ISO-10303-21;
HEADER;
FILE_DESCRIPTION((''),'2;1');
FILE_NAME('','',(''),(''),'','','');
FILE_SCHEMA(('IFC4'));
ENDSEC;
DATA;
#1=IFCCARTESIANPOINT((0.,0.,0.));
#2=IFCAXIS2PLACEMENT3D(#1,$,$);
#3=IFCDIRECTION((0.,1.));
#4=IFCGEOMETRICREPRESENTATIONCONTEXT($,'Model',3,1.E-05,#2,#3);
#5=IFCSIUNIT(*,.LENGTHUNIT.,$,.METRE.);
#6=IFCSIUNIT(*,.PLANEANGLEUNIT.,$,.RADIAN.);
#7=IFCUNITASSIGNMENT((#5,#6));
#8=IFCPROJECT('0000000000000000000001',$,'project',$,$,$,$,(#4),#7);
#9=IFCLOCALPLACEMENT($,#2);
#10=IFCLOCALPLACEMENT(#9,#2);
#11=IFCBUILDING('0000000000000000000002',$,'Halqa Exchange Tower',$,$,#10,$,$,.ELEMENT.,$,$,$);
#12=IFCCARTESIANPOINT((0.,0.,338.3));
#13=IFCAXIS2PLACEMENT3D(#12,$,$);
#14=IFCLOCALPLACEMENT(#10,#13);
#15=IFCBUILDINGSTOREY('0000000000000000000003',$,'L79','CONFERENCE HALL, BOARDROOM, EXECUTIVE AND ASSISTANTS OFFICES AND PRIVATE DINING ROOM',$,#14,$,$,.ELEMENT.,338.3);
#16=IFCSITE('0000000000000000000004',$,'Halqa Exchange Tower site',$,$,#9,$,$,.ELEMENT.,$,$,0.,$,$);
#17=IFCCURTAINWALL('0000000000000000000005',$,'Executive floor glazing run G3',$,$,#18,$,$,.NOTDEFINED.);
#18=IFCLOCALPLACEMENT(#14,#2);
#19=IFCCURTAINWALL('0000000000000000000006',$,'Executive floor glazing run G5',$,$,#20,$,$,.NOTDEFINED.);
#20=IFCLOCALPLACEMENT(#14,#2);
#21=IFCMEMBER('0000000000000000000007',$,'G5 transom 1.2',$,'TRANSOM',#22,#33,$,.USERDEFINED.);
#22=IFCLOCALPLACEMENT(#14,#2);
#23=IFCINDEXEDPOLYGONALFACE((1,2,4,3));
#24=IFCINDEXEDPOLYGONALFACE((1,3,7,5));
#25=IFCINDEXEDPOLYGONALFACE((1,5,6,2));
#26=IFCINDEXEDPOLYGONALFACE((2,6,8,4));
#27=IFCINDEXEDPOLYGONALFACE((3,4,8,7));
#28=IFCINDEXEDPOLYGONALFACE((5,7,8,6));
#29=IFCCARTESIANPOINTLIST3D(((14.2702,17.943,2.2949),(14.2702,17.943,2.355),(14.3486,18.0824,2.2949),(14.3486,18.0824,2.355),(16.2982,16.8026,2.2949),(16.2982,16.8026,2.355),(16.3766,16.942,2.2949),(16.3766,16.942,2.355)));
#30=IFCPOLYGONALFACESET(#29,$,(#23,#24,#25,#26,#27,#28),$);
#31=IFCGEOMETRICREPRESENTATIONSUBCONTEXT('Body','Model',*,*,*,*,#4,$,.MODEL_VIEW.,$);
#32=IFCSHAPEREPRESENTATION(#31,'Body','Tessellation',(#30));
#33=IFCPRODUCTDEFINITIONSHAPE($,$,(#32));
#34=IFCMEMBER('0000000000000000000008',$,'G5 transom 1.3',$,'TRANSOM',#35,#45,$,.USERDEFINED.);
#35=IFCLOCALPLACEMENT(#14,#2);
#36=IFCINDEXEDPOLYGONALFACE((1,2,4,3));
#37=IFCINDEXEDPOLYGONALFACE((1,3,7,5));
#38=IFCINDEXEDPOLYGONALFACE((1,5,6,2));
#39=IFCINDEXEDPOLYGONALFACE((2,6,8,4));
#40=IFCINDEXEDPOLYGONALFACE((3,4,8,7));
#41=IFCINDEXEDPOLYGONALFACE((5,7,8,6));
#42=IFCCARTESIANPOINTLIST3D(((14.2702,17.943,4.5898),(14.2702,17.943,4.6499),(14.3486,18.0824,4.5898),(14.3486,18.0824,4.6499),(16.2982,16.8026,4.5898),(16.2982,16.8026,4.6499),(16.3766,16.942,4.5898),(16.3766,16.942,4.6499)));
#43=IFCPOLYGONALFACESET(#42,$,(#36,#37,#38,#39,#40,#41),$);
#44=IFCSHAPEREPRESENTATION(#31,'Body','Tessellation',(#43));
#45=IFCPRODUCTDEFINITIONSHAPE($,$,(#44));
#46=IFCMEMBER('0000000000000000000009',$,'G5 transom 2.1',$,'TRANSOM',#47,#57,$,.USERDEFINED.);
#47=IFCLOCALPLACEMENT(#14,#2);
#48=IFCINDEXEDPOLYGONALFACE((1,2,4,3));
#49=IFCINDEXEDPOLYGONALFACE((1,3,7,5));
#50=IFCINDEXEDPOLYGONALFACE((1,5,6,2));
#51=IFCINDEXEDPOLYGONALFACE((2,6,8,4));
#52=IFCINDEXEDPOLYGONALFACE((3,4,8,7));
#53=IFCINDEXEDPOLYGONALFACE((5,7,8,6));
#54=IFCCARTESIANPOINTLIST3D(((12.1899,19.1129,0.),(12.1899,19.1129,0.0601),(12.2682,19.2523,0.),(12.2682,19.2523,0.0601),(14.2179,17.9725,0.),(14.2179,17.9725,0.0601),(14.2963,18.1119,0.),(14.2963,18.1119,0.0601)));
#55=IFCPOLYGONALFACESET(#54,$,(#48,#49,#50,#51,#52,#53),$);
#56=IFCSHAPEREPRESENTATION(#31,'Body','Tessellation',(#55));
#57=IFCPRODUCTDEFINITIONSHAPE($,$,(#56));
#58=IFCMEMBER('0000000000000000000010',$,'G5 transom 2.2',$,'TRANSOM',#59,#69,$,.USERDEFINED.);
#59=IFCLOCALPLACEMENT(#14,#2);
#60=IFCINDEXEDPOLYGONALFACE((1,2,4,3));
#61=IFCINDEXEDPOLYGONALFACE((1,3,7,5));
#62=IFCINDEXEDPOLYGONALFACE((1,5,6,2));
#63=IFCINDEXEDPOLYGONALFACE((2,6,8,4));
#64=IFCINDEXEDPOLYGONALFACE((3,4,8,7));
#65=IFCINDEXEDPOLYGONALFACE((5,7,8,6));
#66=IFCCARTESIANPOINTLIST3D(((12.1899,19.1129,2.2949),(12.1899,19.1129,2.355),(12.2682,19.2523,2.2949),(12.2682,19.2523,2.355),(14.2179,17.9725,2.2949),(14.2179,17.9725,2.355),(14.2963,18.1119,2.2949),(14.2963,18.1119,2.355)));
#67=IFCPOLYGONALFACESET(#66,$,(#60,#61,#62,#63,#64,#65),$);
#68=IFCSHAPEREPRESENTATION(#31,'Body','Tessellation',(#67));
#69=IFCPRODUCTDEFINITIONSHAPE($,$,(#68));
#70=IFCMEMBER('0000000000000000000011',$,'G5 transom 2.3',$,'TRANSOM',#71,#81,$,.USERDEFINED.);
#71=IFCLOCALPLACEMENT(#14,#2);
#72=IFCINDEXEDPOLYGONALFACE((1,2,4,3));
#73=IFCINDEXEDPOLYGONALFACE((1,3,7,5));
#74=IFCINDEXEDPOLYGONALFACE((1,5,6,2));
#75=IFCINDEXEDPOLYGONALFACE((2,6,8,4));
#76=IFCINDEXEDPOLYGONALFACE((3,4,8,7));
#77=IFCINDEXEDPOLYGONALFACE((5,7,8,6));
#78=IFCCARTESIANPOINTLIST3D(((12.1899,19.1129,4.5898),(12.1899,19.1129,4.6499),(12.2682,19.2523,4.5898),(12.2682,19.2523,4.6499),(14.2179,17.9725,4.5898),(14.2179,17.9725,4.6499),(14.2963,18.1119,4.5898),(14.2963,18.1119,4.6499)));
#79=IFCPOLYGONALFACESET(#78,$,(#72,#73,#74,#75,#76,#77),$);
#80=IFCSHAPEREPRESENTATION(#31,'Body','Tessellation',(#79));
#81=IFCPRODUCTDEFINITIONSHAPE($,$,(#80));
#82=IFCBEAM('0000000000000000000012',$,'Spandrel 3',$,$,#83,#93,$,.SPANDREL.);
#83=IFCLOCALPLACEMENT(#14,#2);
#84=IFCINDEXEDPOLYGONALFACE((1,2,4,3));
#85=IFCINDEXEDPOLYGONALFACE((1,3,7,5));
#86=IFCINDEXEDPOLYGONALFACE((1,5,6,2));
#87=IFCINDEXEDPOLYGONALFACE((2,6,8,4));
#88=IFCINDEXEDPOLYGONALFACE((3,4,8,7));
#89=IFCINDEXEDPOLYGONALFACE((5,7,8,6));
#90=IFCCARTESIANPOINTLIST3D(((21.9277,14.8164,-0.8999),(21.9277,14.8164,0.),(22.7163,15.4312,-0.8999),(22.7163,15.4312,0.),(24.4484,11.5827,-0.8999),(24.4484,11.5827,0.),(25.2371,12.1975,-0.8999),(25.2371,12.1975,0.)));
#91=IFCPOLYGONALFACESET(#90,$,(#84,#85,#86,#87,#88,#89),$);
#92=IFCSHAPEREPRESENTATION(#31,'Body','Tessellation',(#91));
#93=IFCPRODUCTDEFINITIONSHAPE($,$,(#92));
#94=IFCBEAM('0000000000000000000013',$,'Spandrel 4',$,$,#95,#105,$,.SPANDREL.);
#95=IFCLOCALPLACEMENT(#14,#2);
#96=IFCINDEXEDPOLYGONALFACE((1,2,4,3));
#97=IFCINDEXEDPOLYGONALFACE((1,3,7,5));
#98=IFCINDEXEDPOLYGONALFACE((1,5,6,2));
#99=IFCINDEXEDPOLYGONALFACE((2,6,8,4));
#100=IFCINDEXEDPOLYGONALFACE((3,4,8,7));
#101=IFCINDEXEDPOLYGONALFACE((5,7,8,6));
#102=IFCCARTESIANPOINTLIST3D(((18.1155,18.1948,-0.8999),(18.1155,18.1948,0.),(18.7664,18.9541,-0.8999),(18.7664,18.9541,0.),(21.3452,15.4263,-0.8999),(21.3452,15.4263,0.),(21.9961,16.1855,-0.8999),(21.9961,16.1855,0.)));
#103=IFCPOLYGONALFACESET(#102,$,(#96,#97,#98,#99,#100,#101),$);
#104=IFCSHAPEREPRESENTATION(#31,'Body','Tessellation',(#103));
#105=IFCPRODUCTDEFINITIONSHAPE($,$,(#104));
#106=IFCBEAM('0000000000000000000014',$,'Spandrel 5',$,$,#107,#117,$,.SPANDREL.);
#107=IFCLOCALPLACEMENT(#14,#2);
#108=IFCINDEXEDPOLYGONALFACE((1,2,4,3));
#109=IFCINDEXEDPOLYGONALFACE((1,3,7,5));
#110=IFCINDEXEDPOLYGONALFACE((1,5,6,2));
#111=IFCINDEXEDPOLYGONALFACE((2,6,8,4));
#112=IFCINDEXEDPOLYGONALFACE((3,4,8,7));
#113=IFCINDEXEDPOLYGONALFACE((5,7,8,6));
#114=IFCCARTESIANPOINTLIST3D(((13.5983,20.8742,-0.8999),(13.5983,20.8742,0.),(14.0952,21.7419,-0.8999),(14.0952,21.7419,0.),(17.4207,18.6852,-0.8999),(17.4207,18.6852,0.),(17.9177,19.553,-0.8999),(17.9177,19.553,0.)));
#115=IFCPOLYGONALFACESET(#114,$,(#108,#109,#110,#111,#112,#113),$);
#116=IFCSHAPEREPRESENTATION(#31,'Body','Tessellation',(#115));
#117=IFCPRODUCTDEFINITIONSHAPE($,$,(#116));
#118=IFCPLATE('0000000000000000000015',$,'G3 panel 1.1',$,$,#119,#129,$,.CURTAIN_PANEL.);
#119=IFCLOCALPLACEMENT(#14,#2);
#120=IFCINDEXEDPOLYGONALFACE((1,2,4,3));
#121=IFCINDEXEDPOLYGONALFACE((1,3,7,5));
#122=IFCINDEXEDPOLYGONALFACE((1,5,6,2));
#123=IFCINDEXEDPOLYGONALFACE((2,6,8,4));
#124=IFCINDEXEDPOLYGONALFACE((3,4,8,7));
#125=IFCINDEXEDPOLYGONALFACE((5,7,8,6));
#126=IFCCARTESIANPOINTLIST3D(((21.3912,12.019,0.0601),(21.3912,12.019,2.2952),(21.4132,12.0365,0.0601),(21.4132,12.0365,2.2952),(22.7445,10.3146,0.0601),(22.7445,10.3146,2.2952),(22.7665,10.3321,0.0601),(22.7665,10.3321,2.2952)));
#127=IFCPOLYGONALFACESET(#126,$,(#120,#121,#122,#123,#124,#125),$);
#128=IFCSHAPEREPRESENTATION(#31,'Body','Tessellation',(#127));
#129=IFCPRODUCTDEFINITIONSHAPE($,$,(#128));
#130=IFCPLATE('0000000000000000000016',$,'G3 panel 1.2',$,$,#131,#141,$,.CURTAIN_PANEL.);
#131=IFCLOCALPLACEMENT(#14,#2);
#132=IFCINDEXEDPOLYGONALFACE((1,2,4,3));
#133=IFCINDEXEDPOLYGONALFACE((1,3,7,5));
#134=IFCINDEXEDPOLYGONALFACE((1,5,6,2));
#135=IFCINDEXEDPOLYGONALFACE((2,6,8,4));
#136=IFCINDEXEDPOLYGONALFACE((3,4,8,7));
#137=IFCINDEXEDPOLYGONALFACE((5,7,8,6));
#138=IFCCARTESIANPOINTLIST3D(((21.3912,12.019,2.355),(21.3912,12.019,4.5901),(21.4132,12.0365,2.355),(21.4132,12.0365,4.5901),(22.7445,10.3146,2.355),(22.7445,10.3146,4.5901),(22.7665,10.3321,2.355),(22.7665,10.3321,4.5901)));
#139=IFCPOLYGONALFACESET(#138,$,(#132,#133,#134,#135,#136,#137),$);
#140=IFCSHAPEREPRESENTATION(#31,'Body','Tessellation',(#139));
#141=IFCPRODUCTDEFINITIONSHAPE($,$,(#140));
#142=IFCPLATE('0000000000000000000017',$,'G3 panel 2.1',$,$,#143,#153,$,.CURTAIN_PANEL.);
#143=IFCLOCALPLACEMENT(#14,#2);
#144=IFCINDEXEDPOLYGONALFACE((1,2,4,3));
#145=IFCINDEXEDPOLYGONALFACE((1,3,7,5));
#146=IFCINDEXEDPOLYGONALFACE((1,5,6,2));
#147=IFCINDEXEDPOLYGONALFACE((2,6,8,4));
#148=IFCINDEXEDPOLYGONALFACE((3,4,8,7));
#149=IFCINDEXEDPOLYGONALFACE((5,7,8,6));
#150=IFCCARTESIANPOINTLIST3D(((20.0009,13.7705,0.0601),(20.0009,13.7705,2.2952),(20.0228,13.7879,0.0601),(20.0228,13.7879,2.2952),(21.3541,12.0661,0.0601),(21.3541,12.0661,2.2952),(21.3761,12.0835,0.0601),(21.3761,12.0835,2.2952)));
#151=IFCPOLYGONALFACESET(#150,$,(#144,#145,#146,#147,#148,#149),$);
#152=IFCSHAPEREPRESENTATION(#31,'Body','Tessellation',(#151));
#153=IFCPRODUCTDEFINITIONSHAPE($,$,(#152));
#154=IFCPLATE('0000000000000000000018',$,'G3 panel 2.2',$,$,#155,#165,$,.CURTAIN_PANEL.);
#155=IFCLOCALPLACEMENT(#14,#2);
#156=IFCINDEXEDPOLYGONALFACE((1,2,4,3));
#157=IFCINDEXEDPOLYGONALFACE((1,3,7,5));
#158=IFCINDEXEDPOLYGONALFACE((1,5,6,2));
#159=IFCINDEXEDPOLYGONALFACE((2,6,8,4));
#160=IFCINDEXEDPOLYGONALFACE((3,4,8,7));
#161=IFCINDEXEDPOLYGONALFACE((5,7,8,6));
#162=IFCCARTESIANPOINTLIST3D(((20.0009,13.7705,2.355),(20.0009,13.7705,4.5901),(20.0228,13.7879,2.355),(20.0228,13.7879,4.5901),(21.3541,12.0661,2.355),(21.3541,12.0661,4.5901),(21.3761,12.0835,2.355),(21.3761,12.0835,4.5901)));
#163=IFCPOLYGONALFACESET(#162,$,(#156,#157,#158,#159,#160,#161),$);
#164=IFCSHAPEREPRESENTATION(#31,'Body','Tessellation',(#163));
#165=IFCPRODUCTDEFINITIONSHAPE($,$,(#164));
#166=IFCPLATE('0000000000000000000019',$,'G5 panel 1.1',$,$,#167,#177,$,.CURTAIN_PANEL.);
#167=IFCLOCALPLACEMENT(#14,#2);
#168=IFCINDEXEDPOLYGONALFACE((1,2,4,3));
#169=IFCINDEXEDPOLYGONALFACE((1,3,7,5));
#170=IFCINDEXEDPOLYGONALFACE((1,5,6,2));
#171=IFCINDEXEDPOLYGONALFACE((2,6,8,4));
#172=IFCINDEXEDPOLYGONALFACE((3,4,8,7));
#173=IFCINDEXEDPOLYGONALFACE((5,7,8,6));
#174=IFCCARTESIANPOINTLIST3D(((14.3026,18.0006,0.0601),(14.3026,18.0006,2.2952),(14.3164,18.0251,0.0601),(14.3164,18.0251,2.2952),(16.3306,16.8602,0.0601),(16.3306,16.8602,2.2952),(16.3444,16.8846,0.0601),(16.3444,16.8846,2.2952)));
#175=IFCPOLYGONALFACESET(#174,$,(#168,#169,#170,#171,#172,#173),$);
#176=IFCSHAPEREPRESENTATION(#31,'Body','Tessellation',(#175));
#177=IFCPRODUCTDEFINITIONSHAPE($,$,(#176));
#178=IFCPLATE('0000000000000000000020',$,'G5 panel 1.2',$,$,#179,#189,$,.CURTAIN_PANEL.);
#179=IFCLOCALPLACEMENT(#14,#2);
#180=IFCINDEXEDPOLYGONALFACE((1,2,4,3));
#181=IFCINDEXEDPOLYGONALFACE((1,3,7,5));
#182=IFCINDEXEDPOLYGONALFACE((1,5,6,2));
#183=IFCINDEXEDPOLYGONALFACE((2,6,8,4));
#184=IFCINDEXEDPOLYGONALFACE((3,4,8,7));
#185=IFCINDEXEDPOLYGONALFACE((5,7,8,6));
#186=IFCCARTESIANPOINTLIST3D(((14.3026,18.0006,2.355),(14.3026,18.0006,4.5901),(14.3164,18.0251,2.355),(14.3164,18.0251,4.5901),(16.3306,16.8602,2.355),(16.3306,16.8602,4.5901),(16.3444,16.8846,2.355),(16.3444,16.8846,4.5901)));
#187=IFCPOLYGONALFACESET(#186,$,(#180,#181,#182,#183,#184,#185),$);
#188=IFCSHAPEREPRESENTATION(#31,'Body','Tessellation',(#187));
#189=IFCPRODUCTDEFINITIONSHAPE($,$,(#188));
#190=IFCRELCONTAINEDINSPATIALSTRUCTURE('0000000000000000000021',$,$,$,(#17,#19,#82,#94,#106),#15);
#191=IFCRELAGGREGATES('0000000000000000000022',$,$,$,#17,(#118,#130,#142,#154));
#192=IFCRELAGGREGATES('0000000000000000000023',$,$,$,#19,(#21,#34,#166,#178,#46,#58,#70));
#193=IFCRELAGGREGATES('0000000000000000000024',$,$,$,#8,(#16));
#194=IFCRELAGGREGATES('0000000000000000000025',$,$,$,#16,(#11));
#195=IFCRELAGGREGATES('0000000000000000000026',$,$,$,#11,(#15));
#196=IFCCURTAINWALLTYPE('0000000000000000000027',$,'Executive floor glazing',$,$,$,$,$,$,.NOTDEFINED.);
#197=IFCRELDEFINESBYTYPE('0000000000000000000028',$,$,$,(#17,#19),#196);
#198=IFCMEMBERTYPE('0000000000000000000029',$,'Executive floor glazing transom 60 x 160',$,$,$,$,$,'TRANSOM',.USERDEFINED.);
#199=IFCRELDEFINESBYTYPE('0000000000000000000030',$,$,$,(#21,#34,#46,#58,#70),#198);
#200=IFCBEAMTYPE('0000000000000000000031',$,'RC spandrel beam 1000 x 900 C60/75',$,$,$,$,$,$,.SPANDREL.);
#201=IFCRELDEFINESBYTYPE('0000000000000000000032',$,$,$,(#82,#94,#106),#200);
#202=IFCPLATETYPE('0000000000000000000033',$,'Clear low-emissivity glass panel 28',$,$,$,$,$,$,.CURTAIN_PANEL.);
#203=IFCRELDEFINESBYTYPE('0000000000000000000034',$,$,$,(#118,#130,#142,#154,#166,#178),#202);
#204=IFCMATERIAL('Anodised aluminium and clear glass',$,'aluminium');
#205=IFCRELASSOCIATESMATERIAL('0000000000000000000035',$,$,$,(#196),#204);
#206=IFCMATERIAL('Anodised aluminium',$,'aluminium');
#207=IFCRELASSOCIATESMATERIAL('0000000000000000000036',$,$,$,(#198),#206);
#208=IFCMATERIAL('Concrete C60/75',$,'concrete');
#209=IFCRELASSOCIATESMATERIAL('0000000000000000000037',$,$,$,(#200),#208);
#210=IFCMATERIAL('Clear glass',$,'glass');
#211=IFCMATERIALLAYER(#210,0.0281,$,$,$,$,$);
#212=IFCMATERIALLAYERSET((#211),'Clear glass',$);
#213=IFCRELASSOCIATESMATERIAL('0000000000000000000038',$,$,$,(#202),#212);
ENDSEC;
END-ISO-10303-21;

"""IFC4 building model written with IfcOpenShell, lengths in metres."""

from ifc_helpers import new_model, si_unit, direction, frame, origin, origin_2d, place, context, subcontext, project, spatial, rectangle, extrude, material, layer, layer_set, material_profile, profile_set, type_object, element, aggregate, save


model = new_model("IFC4")

# Units and contexts
model_context = context("Model", 3, precision=1e-05, world=origin(), true_north=direction((0.0, 1.0)))
body_context = subcontext(model_context, "Body", "Model", "MODEL_VIEW")
ifc_project = project(units=[si_unit("LENGTHUNIT", "METRE"), si_unit("PLANEANGLEUNIT", "RADIAN")], contexts=[model_context])

# Site, building, storey
site_placement = place(None, origin())
site = spatial("IfcSite", under=ifc_project, at=site_placement, Name="Halqa Exchange Tower site", CompositionType="ELEMENT", RefElevation=0.0)
building_placement = place(site_placement, origin())
building = spatial("IfcBuilding", under=site, at=building_placement, Name="Halqa Exchange Tower", CompositionType="ELEMENT")
storey_placement = place(building_placement, frame((0.0, 0.0, 338.3)))
storey = spatial("IfcBuildingStorey", under=building, at=storey_placement, Name="L79", Description="CONFERENCE HALL, BOARDROOM, EXECUTIVE AND ASSISTANTS OFFICES AND PRIVATE DINING ROOM", CompositionType="ELEMENT", Elevation=338.3)

# Curtain walls
ifc_material_1 = material(Name="Anodised aluminium and clear glass", Category="aluminium")
curtain_wall_type = type_object("IfcCurtainWallType", Name="Executive floor glazing", PredefinedType="NOTDEFINED", material=ifc_material_1)
curtain_wall_1_placement = place(storey_placement, origin())
curtain_wall_1 = element("IfcCurtainWall", 1, at=curtain_wall_1_placement, inside=storey, type_object=curtain_wall_type, Name="Executive floor glazing run G3", PredefinedType="NOTDEFINED")
ifc_material_2 = material(Name="Anodised aluminium", Category="aluminium")
curtain_wall_2_placement = place(storey_placement, origin())
curtain_wall_2 = element("IfcCurtainWall", 2, at=curtain_wall_2_placement, inside=storey, type_object=curtain_wall_type, Name="Executive floor glazing run G5", PredefinedType="NOTDEFINED")

# Members
ifc_material_profile_1 = material_profile(ifc_material_2, rectangle(XDim=0.1599, YDim=0.0601, at=origin_2d()), Name="AL 60x160")
ifc_profile_set_1 = profile_set([ifc_material_profile_1], Name="Anodised aluminium")
member_type_1 = type_object("IfcMemberType", Name="Executive floor glazing transom 60 x 160", ElementType="TRANSOM", PredefinedType="USERDEFINED", material=ifc_profile_set_1)
member_1_placement = place(storey_placement, frame((16.3374, 16.8723, 2.325), z_axis=(-0.871651, 0.490127, 0.0), x_axis=(-0.490127, -0.871651, 0.0)))
member_1 = element("IfcMember", 3, at=member_1_placement, type_object=member_type_1, Name="G5 transom 1.2", ObjectType="TRANSOM", PredefinedType="USERDEFINED", context=body_context, shape_type="SweptSolid", body=[
    extrude(rectangle(XDim=0.1599, YDim=0.0601, at=origin_2d()), origin(), (0.0, 0.0, 1.0), 2.3267),
])
member_2_placement = place(storey_placement, frame((16.3374, 16.8723, 4.6199), z_axis=(-0.871651, 0.490127, 0.0), x_axis=(-0.490127, -0.871651, 0.0)))
member_2 = element("IfcMember", 4, at=member_2_placement, type_object=member_type_1, Name="G5 transom 1.3", ObjectType="TRANSOM", PredefinedType="USERDEFINED", context=body_context, shape_type="SweptSolid", body=[
    extrude(rectangle(XDim=0.1599, YDim=0.0601, at=origin_2d()), origin(), (0.0, 0.0, 1.0), 2.3267),
])
member_3_placement = place(storey_placement, frame((14.2571, 18.0422, 0.03), z_axis=(-0.871651, 0.490127, 0.0), x_axis=(-0.490127, -0.871651, 0.0)))
member_3 = element("IfcMember", 5, at=member_3_placement, type_object=member_type_1, Name="G5 transom 2.1", ObjectType="TRANSOM", PredefinedType="USERDEFINED", context=body_context, shape_type="SweptSolid", body=[
    extrude(rectangle(XDim=0.1599, YDim=0.0601, at=origin_2d()), origin(), (0.0, 0.0, 1.0), 2.3267),
])
member_4_placement = place(storey_placement, frame((14.2571, 18.0422, 2.325), z_axis=(-0.871651, 0.490127, 0.0), x_axis=(-0.490127, -0.871651, 0.0)))
member_4 = element("IfcMember", 6, at=member_4_placement, type_object=member_type_1, Name="G5 transom 2.2", ObjectType="TRANSOM", PredefinedType="USERDEFINED", context=body_context, shape_type="SweptSolid", body=[
    extrude(rectangle(XDim=0.1599, YDim=0.0601, at=origin_2d()), origin(), (0.0, 0.0, 1.0), 2.3267),
])
member_5_placement = place(storey_placement, frame((14.2571, 18.0422, 4.6199), z_axis=(-0.871651, 0.490127, 0.0), x_axis=(-0.490127, -0.871651, 0.0)))
member_5 = element("IfcMember", 7, at=member_5_placement, type_object=member_type_1, Name="G5 transom 2.3", ObjectType="TRANSOM", PredefinedType="USERDEFINED", context=body_context, shape_type="SweptSolid", body=[
    extrude(rectangle(XDim=0.1599, YDim=0.0601, at=origin_2d()), origin(), (0.0, 0.0, 1.0), 2.3267),
])

# Beams
ifc_material_3 = material(Name="Concrete C60/75", Category="concrete")
ifc_material_profile_2 = material_profile(ifc_material_3, rectangle(XDim=1.0, YDim=0.8999, at=origin_2d()), Name="1000 x 900")
ifc_profile_set_2 = profile_set([ifc_material_profile_2], Name="Concrete C60/75")
beam_type = type_object("IfcBeamType", Name="RC spandrel beam 1000 x 900 C60/75", PredefinedType="SPANDREL", material=ifc_profile_set_2)
beam_1_placement = place(storey_placement, frame((24.8428, 11.8901, -0.45), z_axis=(-0.614806, 0.788678, 0.0), x_axis=(-0.788678, -0.614806, 0.0)))
element("IfcBeam", 8, at=beam_1_placement, inside=storey, type_object=beam_type, Name="Spandrel 3", PredefinedType="SPANDREL", context=body_context, shape_type="SweptSolid", body=[
    extrude(rectangle(XDim=1.0, YDim=0.8999, at=origin_2d()), origin(), (0.0, 0.0, 1.0), 4.1001),
])
beam_2_placement = place(storey_placement, frame((21.6707, 15.8059, -0.45), z_axis=(-0.759232, 0.65082, 0.0), x_axis=(-0.65082, -0.759232, 0.0)))
element("IfcBeam", 9, at=beam_2_placement, inside=storey, type_object=beam_type, Name="Spandrel 4", PredefinedType="SPANDREL", context=body_context, shape_type="SweptSolid", body=[
    extrude(rectangle(XDim=1.0, YDim=0.8999, at=origin_2d()), origin(), (0.0, 0.0, 1.0), 4.2539),
])
beam_3_placement = place(storey_placement, frame((17.6692, 19.1191, -0.45), z_axis=(-0.867786, 0.496939, 0.0), x_axis=(-0.496939, -0.867786, 0.0)))
element("IfcBeam", 10, at=beam_3_placement, inside=storey, type_object=beam_type, Name="Spandrel 5", PredefinedType="SPANDREL", context=body_context, shape_type="SweptSolid", body=[
    extrude(rectangle(XDim=1.0, YDim=0.8999, at=origin_2d()), origin(), (0.0, 0.0, 1.0), 4.4048),
])

# Plates
ifc_material_4 = material(Name="Clear glass", Category="glass")
ifc_layer_1 = layer(ifc_material_4, 0.0281)
ifc_layer_set_1 = layer_set([ifc_layer_1], Name="Clear glass")
plate_type = type_object("IfcPlateType", Name="Clear low-emissivity glass panel 28", PredefinedType="CURTAIN_PANEL", material=ifc_layer_set_1)
plate_1_placement = place(storey_placement, frame((22.0789, 11.1755, 0.0601), z_axis=(0.0, 0.0, 1.0), x_axis=(-0.621817, 0.783162, 0.0)))
plate_1 = element("IfcPlate", 11, at=plate_1_placement, type_object=plate_type, Name="G3 panel 1.1", PredefinedType="CURTAIN_PANEL", context=body_context, shape_type="SweptSolid", body=[
    extrude(rectangle(XDim=2.1763, YDim=0.0281, at=origin_2d()), origin(), (0.0, 0.0, 1.0), 2.2351),
])
plate_2_placement = place(storey_placement, frame((22.0789, 11.1755, 2.355), z_axis=(0.0, 0.0, 1.0), x_axis=(-0.621817, 0.783162, 0.0)))
plate_2 = element("IfcPlate", 12, at=plate_2_placement, type_object=plate_type, Name="G3 panel 1.2", PredefinedType="CURTAIN_PANEL", context=body_context, shape_type="SweptSolid", body=[
    extrude(rectangle(XDim=2.1763, YDim=0.0281, at=origin_2d()), origin(), (0.0, 0.0, 1.0), 2.2351),
])
plate_3_placement = place(storey_placement, frame((20.6885, 12.927, 0.0601), z_axis=(0.0, 0.0, 1.0), x_axis=(-0.621817, 0.783162, 0.0)))
plate_3 = element("IfcPlate", 13, at=plate_3_placement, type_object=plate_type, Name="G3 panel 2.1", PredefinedType="CURTAIN_PANEL", context=body_context, shape_type="SweptSolid", body=[
    extrude(rectangle(XDim=2.1763, YDim=0.0281, at=origin_2d()), origin(), (0.0, 0.0, 1.0), 2.2351),
])
plate_4_placement = place(storey_placement, frame((20.6885, 12.927, 2.355), z_axis=(0.0, 0.0, 1.0), x_axis=(-0.621817, 0.783162, 0.0)))
plate_4 = element("IfcPlate", 14, at=plate_4_placement, type_object=plate_type, Name="G3 panel 2.2", PredefinedType="CURTAIN_PANEL", context=body_context, shape_type="SweptSolid", body=[
    extrude(rectangle(XDim=2.1763, YDim=0.0281, at=origin_2d()), origin(), (0.0, 0.0, 1.0), 2.2351),
])
aggregate(curtain_wall_1, [plate_1, plate_2, plate_3, plate_4])
plate_5_placement = place(storey_placement, frame((15.3235, 17.4426, 0.0601), z_axis=(0.0, 0.0, 1.0), x_axis=(-0.871634, 0.490158, 0.0)))
plate_5 = element("IfcPlate", 15, at=plate_5_placement, type_object=plate_type, Name="G5 panel 1.1", PredefinedType="CURTAIN_PANEL", context=body_context, shape_type="SweptSolid", body=[
    extrude(rectangle(XDim=2.3267, YDim=0.0281, at=origin_2d()), origin(), (0.0, 0.0, 1.0), 2.2351),
])
plate_6_placement = place(storey_placement, frame((15.3235, 17.4426, 2.355), z_axis=(0.0, 0.0, 1.0), x_axis=(-0.871634, 0.490158, 0.0)))
plate_6 = element("IfcPlate", 16, at=plate_6_placement, type_object=plate_type, Name="G5 panel 1.2", PredefinedType="CURTAIN_PANEL", context=body_context, shape_type="SweptSolid", body=[
    extrude(rectangle(XDim=2.3267, YDim=0.0281, at=origin_2d()), origin(), (0.0, 0.0, 1.0), 2.2351),
])
aggregate(curtain_wall_2, [member_1, member_2, plate_5, plate_6, member_3, member_4, member_5])

save(model, "model.ifc")
